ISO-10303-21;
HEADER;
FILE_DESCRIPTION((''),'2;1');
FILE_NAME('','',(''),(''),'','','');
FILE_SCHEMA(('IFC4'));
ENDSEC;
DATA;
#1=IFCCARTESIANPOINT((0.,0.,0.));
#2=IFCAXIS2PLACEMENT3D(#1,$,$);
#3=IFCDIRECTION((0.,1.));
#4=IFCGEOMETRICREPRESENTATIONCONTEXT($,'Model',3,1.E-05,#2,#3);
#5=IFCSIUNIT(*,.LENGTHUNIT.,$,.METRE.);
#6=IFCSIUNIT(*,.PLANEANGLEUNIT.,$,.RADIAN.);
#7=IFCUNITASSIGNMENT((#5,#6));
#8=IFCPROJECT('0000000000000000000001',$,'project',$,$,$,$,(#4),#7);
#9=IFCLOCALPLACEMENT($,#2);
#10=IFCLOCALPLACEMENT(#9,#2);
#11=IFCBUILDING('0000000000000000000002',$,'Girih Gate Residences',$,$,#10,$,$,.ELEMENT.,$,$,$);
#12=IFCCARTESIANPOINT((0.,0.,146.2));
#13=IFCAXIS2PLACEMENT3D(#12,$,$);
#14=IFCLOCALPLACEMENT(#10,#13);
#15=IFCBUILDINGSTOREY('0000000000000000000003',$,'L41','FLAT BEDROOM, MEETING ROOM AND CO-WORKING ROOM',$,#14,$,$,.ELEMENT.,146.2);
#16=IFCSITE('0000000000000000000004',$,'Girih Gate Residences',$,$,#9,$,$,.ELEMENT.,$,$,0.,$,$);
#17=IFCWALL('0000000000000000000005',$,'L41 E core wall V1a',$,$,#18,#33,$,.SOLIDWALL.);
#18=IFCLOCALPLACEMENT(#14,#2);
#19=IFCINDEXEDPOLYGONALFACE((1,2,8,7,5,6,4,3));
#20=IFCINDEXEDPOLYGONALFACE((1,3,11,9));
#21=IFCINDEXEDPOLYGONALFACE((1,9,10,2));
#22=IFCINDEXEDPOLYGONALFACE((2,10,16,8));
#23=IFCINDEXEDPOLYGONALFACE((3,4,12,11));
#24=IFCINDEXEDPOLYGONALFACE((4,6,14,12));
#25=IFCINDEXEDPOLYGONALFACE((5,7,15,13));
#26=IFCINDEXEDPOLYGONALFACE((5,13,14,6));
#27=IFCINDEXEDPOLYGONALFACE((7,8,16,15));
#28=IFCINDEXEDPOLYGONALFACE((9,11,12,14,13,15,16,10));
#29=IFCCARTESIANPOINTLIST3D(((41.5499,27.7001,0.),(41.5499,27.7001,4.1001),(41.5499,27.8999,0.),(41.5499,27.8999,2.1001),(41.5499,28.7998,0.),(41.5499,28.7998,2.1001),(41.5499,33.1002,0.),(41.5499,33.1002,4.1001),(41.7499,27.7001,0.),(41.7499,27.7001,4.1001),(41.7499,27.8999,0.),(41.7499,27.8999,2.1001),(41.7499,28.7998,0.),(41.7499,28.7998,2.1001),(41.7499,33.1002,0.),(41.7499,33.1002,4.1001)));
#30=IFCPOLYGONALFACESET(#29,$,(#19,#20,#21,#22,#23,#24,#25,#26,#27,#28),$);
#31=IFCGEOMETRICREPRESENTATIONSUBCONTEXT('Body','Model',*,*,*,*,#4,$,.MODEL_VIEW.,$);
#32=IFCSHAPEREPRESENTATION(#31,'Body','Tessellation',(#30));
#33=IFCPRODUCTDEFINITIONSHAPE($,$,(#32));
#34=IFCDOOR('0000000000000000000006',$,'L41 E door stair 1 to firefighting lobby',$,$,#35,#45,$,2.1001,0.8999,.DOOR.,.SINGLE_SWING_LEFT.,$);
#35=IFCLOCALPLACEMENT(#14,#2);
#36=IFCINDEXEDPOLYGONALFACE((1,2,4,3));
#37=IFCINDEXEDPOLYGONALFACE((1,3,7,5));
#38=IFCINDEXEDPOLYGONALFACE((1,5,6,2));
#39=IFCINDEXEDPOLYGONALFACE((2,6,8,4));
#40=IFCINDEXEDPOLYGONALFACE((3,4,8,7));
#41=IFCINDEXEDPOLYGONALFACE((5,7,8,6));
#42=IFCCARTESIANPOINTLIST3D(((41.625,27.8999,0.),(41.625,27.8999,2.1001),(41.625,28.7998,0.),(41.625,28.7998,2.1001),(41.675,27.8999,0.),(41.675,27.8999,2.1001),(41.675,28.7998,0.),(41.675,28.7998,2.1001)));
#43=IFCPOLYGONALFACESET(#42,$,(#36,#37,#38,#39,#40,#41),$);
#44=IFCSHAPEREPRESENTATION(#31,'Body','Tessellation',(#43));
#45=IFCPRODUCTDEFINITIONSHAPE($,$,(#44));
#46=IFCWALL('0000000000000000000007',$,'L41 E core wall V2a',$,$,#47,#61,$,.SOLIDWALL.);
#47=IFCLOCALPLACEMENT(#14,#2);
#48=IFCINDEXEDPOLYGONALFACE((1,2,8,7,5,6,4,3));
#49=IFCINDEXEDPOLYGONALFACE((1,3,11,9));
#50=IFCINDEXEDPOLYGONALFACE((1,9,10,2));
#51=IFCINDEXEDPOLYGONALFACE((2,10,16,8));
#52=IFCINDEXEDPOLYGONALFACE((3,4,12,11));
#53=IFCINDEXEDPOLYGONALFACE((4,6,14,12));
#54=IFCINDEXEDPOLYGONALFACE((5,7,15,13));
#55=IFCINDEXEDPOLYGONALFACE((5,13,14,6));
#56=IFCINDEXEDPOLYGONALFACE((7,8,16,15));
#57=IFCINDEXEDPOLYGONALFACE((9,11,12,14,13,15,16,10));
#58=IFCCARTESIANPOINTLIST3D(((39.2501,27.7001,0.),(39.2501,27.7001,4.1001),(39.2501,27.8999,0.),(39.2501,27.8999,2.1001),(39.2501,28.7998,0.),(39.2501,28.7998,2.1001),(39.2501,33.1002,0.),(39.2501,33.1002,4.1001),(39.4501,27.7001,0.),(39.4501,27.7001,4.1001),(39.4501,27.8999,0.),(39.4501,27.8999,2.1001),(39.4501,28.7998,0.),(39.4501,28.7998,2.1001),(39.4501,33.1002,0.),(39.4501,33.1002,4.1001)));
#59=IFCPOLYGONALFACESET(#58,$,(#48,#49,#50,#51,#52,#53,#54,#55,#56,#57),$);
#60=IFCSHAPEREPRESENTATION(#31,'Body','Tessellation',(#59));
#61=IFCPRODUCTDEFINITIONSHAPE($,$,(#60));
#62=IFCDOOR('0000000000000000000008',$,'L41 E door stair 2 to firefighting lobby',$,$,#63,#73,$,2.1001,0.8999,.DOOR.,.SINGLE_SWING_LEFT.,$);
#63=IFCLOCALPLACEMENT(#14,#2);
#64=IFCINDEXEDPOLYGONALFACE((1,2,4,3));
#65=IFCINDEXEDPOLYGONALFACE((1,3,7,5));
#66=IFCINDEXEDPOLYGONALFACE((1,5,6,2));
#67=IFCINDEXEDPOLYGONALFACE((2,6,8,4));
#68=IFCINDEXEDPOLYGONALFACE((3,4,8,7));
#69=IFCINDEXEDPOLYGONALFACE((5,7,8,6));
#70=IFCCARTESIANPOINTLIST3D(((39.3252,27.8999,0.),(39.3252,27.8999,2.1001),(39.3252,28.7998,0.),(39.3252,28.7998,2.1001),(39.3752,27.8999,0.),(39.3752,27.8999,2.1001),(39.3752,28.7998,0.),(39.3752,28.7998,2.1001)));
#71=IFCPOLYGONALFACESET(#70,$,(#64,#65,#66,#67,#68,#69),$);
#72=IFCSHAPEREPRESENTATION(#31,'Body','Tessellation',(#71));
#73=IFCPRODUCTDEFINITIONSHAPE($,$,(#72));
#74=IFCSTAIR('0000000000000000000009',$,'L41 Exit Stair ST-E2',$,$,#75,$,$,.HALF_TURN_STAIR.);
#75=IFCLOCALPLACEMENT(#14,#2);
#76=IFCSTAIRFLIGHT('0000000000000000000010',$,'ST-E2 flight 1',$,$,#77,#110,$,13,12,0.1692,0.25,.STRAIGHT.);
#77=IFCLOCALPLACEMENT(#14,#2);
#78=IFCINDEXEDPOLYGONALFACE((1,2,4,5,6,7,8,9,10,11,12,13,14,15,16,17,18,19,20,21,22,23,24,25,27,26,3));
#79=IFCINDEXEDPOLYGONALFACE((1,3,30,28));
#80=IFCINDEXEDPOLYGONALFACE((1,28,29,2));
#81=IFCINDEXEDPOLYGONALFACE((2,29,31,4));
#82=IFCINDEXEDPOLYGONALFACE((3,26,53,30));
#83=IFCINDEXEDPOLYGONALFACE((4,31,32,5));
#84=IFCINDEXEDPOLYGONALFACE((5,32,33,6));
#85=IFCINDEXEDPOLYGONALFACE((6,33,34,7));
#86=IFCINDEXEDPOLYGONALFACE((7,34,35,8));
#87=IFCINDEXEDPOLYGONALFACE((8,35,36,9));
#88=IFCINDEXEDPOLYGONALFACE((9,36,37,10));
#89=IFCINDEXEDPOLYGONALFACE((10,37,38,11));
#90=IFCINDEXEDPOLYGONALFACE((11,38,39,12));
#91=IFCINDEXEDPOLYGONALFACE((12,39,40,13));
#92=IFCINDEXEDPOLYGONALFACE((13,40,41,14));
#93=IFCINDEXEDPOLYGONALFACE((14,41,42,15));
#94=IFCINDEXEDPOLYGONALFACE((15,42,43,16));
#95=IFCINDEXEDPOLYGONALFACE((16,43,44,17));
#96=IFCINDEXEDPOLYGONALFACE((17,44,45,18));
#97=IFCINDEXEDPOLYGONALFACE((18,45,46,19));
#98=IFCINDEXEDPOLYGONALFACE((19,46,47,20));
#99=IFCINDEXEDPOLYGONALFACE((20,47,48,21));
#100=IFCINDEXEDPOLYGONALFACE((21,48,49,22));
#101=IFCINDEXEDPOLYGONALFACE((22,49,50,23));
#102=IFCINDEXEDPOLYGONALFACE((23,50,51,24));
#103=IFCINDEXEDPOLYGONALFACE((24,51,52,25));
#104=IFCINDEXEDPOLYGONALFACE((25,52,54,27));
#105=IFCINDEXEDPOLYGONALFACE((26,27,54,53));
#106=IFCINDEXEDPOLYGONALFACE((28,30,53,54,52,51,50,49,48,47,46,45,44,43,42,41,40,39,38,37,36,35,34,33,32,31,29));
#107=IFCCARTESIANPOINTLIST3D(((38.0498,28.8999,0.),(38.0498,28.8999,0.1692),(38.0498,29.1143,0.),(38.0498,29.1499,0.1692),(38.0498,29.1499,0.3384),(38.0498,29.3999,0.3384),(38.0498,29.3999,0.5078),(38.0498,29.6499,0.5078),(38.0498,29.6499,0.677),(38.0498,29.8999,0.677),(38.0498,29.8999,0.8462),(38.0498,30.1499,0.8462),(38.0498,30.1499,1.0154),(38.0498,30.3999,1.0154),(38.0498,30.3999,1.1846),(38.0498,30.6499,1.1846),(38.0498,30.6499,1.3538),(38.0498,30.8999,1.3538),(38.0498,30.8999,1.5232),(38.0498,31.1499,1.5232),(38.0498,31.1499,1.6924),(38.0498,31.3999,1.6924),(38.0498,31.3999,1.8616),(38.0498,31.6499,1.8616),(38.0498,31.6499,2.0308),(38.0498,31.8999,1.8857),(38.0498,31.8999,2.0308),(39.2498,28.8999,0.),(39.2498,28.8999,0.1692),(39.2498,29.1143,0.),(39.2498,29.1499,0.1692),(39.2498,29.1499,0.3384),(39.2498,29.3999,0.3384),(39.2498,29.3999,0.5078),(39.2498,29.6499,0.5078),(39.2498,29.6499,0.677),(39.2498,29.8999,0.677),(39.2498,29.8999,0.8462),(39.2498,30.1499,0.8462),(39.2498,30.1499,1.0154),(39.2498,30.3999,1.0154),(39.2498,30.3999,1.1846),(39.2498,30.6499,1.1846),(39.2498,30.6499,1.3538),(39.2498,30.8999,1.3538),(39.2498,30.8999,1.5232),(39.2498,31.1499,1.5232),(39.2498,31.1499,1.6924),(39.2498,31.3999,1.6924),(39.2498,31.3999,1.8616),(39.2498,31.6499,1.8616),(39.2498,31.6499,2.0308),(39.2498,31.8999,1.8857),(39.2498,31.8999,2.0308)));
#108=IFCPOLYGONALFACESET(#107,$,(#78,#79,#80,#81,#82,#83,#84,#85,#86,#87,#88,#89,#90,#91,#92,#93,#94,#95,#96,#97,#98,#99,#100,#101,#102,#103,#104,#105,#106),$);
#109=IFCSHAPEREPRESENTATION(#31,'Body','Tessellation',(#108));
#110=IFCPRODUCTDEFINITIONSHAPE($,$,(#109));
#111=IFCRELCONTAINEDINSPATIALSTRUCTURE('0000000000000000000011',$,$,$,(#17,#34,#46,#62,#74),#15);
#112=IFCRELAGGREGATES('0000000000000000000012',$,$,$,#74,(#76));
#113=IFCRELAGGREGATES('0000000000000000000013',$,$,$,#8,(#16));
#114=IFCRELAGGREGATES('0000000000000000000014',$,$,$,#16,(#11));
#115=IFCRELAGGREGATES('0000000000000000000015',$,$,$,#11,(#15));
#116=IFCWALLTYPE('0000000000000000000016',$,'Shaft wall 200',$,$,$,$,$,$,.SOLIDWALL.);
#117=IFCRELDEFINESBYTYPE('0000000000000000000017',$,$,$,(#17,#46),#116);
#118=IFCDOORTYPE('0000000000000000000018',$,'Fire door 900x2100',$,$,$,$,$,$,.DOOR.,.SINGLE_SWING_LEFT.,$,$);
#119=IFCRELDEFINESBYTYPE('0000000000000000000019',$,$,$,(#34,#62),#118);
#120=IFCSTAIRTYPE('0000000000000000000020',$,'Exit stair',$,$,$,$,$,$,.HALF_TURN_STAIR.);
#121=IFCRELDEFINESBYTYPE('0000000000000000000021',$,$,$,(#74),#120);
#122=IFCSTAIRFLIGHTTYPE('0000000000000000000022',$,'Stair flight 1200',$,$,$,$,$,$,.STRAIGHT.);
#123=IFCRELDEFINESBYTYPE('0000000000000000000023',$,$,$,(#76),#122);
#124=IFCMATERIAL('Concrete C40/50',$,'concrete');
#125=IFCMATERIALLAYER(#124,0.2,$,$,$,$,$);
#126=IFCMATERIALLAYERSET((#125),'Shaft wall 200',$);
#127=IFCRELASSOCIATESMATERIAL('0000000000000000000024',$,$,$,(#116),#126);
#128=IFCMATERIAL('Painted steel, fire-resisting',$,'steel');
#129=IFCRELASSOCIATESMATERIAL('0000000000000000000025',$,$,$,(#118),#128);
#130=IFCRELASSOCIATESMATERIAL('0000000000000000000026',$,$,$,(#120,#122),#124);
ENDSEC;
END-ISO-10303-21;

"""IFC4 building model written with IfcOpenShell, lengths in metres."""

from ifc_helpers import new_model, si_unit, direction, frame, frame_2d, origin, place, context, subcontext, project, spatial, polyline, rectangle, outline, extrude, material, layer, layer_set, type_object, element, fill, aggregate, save


model = new_model("IFC4")

# Units and contexts
model_context = context("Model", 3, precision=1e-05, world=origin(), true_north=direction((0.0, 1.0)))
body_context = subcontext(model_context, "Body", "Model", "MODEL_VIEW")
ifc_project = project(units=[si_unit("LENGTHUNIT", "METRE"), si_unit("PLANEANGLEUNIT", "RADIAN")], contexts=[model_context])

# Site, building, storey
site_placement = place(None, origin())
site = spatial("IfcSite", under=ifc_project, at=site_placement, Name="Girih Gate Residences", CompositionType="ELEMENT", RefElevation=0.0)
building_placement = place(site_placement, origin())
building = spatial("IfcBuilding", under=site, at=building_placement, Name="Girih Gate Residences", CompositionType="ELEMENT")
storey_placement = place(building_placement, frame((0.0, 0.0, 146.2)))
storey = spatial("IfcBuildingStorey", under=building, at=storey_placement, Name="L41", Description="FLAT BEDROOM, MEETING ROOM AND CO-WORKING ROOM", CompositionType="ELEMENT", Elevation=146.2)

# Shared definitions
ifc_material_1 = material(Name="Painted steel, fire-resisting", Category="steel")

# Walls, openings, doors
ifc_material_2 = material(Name="Concrete C40/50", Category="concrete")
ifc_layer_1 = layer(ifc_material_2, 0.2)
ifc_layer_set_1 = layer_set([ifc_layer_1], Name="Shaft wall 200")
wall_type_1 = type_object("IfcWallType", Name="Shaft wall 200", PredefinedType="SOLIDWALL", material=ifc_layer_set_1)
wall_1_placement = place(storey_placement, frame((41.6499, 27.7, 0.0), z_axis=(0.0, 0.0, 1.0), x_axis=(0.0, 1.0, 0.0)))
wall_1 = element("IfcWall", 1, at=wall_1_placement, inside=storey, type_object=wall_type_1, Name="L41 E core wall V1a", PredefinedType="SOLIDWALL", context=body_context, shape_type="SweptSolid", body=[
    extrude(rectangle(XDim=5.4001, YDim=0.2, at=frame_2d((2.7002, 0.0))), origin(), (0.0, 0.0, 1.0), 4.1001),
])
opening_1_placement = place(wall_1_placement, frame((0.2, 0.0, 0.0)))
opening_1 = element("IfcOpeningElement", 2, at=opening_1_placement, cuts=wall_1, PredefinedType="OPENING", context=body_context, shape_type="SweptSolid", body=[
    extrude(rectangle(XDim=0.8999, YDim=2.1001, at=frame_2d((0.45, 1.05))), frame((0.0, 0.1099, 0.0), z_axis=(0.0, -1.0, 0.0), x_axis=(1.0, 0.0, 0.0)), (0.0, 0.0, 1.0), 0.22),
])
door_type_1 = type_object("IfcDoorType", Name="Fire door 900x2100", OperationType="SINGLE_SWING_LEFT", PredefinedType="DOOR", material=ifc_material_1)
door_1_placement = place(opening_1_placement, origin())
door_1 = element("IfcDoor", 3, at=door_1_placement, inside=storey, type_object=door_type_1, Name="L41 E door stair 1 to firefighting lobby", OperationType="SINGLE_SWING_LEFT", OverallHeight=2.1001, OverallWidth=0.8999, PredefinedType="DOOR", context=body_context, shape_type="SweptSolid", body=[
    extrude(rectangle(XDim=0.8999, YDim=2.1001, at=frame_2d((0.45, 1.05))), frame((0.0, 0.0249, 0.0), z_axis=(0.0, -1.0, 0.0), x_axis=(1.0, 0.0, 0.0)), (0.0, 0.0, 1.0), 0.05),
])
fill(opening_1, door_1)
wall_2_placement = place(storey_placement, frame((39.3501, 27.7, 0.0), z_axis=(0.0, 0.0, 1.0), x_axis=(0.0, 1.0, 0.0)))
wall_2 = element("IfcWall", 4, at=wall_2_placement, inside=storey, type_object=wall_type_1, Name="L41 E core wall V2a", PredefinedType="SOLIDWALL", context=body_context, shape_type="SweptSolid", body=[
    extrude(rectangle(XDim=5.4001, YDim=0.2, at=frame_2d((2.7002, 0.0))), origin(), (0.0, 0.0, 1.0), 4.1001),
])
opening_2_placement = place(wall_2_placement, frame((0.2, 0.0, 0.0)))
opening_2 = element("IfcOpeningElement", 5, at=opening_2_placement, cuts=wall_2, PredefinedType="OPENING", context=body_context, shape_type="SweptSolid", body=[
    extrude(rectangle(XDim=0.8999, YDim=2.1001, at=frame_2d((0.45, 1.05))), frame((0.0, 0.1099, 0.0), z_axis=(0.0, -1.0, 0.0), x_axis=(1.0, 0.0, 0.0)), (0.0, 0.0, 1.0), 0.22),
])
door_2_placement = place(opening_2_placement, origin())
door_2 = element("IfcDoor", 6, at=door_2_placement, inside=storey, type_object=door_type_1, Name="L41 E door stair 2 to firefighting lobby", OperationType="SINGLE_SWING_LEFT", OverallHeight=2.1001, OverallWidth=0.8999, PredefinedType="DOOR", context=body_context, shape_type="SweptSolid", body=[
    extrude(rectangle(XDim=0.8999, YDim=2.1001, at=frame_2d((0.45, 1.05))), frame((0.0, 0.0249, 0.0), z_axis=(0.0, -1.0, 0.0), x_axis=(1.0, 0.0, 0.0)), (0.0, 0.0, 1.0), 0.05),
])
fill(opening_2, door_2)

# Stair, stair flight
stair_type = type_object("IfcStairType", Name="Exit stair", PredefinedType="HALF_TURN_STAIR", material=ifc_material_2)
stair_placement = place(storey_placement, origin())
stair = element("IfcStair", 7, at=stair_placement, inside=storey, type_object=stair_type, Name="L41 Exit Stair ST-E2", PredefinedType="HALF_TURN_STAIR")
stair_flight_type = type_object("IfcStairFlightType", Name="Stair flight 1200", PredefinedType="STRAIGHT", material=ifc_material_2)
stair_flight_placement = place(storey_placement, frame((38.6499, 28.8999, 0.0), z_axis=(0.0, 0.0, 1.0), x_axis=(0.0, 1.0, 0.0)))
stair_flight = element("IfcStairFlight", 8, at=stair_flight_placement, type_object=stair_flight_type, Name="ST-E2 flight 1", NumberOfRisers=13, NumberOfTreads=12, PredefinedType="STRAIGHT", RiserHeight=0.1692, TreadLength=0.25, context=body_context, shape_type="SweptSolid", body=[
    extrude(outline(polyline([(0.0, 0.0), (0.0, 0.1692), (0.25, 0.1692), (0.25, 0.3384), (0.5, 0.3384), (0.5, 0.5078), (0.75, 0.5078), (0.75, 0.677), (1.0, 0.677), (1.0, 0.8462), (1.25, 0.8462), (1.25, 1.0154), (1.5, 1.0154), (1.5, 1.1846), (1.75, 1.1846), (1.75, 1.3538), (2.0, 1.3538), (2.0, 1.5232), (2.25, 1.5232), (2.25, 1.6924), (2.5, 1.6924), (2.5, 1.8616), (2.75, 1.8616), (2.75, 2.0308), (3.0, 2.0308), (3.0, 2.2), (3.0, 1.8857), (0.2144, 0.0), (0.0, 0.0)])), frame((0.0, 0.6001, 0.0), z_axis=(0.0, -1.0, 0.0), x_axis=(1.0, 0.0, 0.0)), (0.0, 0.0, 1.0), 1.2),
])
aggregate(stair, [stair_flight])

save(model, "model.ifc")
